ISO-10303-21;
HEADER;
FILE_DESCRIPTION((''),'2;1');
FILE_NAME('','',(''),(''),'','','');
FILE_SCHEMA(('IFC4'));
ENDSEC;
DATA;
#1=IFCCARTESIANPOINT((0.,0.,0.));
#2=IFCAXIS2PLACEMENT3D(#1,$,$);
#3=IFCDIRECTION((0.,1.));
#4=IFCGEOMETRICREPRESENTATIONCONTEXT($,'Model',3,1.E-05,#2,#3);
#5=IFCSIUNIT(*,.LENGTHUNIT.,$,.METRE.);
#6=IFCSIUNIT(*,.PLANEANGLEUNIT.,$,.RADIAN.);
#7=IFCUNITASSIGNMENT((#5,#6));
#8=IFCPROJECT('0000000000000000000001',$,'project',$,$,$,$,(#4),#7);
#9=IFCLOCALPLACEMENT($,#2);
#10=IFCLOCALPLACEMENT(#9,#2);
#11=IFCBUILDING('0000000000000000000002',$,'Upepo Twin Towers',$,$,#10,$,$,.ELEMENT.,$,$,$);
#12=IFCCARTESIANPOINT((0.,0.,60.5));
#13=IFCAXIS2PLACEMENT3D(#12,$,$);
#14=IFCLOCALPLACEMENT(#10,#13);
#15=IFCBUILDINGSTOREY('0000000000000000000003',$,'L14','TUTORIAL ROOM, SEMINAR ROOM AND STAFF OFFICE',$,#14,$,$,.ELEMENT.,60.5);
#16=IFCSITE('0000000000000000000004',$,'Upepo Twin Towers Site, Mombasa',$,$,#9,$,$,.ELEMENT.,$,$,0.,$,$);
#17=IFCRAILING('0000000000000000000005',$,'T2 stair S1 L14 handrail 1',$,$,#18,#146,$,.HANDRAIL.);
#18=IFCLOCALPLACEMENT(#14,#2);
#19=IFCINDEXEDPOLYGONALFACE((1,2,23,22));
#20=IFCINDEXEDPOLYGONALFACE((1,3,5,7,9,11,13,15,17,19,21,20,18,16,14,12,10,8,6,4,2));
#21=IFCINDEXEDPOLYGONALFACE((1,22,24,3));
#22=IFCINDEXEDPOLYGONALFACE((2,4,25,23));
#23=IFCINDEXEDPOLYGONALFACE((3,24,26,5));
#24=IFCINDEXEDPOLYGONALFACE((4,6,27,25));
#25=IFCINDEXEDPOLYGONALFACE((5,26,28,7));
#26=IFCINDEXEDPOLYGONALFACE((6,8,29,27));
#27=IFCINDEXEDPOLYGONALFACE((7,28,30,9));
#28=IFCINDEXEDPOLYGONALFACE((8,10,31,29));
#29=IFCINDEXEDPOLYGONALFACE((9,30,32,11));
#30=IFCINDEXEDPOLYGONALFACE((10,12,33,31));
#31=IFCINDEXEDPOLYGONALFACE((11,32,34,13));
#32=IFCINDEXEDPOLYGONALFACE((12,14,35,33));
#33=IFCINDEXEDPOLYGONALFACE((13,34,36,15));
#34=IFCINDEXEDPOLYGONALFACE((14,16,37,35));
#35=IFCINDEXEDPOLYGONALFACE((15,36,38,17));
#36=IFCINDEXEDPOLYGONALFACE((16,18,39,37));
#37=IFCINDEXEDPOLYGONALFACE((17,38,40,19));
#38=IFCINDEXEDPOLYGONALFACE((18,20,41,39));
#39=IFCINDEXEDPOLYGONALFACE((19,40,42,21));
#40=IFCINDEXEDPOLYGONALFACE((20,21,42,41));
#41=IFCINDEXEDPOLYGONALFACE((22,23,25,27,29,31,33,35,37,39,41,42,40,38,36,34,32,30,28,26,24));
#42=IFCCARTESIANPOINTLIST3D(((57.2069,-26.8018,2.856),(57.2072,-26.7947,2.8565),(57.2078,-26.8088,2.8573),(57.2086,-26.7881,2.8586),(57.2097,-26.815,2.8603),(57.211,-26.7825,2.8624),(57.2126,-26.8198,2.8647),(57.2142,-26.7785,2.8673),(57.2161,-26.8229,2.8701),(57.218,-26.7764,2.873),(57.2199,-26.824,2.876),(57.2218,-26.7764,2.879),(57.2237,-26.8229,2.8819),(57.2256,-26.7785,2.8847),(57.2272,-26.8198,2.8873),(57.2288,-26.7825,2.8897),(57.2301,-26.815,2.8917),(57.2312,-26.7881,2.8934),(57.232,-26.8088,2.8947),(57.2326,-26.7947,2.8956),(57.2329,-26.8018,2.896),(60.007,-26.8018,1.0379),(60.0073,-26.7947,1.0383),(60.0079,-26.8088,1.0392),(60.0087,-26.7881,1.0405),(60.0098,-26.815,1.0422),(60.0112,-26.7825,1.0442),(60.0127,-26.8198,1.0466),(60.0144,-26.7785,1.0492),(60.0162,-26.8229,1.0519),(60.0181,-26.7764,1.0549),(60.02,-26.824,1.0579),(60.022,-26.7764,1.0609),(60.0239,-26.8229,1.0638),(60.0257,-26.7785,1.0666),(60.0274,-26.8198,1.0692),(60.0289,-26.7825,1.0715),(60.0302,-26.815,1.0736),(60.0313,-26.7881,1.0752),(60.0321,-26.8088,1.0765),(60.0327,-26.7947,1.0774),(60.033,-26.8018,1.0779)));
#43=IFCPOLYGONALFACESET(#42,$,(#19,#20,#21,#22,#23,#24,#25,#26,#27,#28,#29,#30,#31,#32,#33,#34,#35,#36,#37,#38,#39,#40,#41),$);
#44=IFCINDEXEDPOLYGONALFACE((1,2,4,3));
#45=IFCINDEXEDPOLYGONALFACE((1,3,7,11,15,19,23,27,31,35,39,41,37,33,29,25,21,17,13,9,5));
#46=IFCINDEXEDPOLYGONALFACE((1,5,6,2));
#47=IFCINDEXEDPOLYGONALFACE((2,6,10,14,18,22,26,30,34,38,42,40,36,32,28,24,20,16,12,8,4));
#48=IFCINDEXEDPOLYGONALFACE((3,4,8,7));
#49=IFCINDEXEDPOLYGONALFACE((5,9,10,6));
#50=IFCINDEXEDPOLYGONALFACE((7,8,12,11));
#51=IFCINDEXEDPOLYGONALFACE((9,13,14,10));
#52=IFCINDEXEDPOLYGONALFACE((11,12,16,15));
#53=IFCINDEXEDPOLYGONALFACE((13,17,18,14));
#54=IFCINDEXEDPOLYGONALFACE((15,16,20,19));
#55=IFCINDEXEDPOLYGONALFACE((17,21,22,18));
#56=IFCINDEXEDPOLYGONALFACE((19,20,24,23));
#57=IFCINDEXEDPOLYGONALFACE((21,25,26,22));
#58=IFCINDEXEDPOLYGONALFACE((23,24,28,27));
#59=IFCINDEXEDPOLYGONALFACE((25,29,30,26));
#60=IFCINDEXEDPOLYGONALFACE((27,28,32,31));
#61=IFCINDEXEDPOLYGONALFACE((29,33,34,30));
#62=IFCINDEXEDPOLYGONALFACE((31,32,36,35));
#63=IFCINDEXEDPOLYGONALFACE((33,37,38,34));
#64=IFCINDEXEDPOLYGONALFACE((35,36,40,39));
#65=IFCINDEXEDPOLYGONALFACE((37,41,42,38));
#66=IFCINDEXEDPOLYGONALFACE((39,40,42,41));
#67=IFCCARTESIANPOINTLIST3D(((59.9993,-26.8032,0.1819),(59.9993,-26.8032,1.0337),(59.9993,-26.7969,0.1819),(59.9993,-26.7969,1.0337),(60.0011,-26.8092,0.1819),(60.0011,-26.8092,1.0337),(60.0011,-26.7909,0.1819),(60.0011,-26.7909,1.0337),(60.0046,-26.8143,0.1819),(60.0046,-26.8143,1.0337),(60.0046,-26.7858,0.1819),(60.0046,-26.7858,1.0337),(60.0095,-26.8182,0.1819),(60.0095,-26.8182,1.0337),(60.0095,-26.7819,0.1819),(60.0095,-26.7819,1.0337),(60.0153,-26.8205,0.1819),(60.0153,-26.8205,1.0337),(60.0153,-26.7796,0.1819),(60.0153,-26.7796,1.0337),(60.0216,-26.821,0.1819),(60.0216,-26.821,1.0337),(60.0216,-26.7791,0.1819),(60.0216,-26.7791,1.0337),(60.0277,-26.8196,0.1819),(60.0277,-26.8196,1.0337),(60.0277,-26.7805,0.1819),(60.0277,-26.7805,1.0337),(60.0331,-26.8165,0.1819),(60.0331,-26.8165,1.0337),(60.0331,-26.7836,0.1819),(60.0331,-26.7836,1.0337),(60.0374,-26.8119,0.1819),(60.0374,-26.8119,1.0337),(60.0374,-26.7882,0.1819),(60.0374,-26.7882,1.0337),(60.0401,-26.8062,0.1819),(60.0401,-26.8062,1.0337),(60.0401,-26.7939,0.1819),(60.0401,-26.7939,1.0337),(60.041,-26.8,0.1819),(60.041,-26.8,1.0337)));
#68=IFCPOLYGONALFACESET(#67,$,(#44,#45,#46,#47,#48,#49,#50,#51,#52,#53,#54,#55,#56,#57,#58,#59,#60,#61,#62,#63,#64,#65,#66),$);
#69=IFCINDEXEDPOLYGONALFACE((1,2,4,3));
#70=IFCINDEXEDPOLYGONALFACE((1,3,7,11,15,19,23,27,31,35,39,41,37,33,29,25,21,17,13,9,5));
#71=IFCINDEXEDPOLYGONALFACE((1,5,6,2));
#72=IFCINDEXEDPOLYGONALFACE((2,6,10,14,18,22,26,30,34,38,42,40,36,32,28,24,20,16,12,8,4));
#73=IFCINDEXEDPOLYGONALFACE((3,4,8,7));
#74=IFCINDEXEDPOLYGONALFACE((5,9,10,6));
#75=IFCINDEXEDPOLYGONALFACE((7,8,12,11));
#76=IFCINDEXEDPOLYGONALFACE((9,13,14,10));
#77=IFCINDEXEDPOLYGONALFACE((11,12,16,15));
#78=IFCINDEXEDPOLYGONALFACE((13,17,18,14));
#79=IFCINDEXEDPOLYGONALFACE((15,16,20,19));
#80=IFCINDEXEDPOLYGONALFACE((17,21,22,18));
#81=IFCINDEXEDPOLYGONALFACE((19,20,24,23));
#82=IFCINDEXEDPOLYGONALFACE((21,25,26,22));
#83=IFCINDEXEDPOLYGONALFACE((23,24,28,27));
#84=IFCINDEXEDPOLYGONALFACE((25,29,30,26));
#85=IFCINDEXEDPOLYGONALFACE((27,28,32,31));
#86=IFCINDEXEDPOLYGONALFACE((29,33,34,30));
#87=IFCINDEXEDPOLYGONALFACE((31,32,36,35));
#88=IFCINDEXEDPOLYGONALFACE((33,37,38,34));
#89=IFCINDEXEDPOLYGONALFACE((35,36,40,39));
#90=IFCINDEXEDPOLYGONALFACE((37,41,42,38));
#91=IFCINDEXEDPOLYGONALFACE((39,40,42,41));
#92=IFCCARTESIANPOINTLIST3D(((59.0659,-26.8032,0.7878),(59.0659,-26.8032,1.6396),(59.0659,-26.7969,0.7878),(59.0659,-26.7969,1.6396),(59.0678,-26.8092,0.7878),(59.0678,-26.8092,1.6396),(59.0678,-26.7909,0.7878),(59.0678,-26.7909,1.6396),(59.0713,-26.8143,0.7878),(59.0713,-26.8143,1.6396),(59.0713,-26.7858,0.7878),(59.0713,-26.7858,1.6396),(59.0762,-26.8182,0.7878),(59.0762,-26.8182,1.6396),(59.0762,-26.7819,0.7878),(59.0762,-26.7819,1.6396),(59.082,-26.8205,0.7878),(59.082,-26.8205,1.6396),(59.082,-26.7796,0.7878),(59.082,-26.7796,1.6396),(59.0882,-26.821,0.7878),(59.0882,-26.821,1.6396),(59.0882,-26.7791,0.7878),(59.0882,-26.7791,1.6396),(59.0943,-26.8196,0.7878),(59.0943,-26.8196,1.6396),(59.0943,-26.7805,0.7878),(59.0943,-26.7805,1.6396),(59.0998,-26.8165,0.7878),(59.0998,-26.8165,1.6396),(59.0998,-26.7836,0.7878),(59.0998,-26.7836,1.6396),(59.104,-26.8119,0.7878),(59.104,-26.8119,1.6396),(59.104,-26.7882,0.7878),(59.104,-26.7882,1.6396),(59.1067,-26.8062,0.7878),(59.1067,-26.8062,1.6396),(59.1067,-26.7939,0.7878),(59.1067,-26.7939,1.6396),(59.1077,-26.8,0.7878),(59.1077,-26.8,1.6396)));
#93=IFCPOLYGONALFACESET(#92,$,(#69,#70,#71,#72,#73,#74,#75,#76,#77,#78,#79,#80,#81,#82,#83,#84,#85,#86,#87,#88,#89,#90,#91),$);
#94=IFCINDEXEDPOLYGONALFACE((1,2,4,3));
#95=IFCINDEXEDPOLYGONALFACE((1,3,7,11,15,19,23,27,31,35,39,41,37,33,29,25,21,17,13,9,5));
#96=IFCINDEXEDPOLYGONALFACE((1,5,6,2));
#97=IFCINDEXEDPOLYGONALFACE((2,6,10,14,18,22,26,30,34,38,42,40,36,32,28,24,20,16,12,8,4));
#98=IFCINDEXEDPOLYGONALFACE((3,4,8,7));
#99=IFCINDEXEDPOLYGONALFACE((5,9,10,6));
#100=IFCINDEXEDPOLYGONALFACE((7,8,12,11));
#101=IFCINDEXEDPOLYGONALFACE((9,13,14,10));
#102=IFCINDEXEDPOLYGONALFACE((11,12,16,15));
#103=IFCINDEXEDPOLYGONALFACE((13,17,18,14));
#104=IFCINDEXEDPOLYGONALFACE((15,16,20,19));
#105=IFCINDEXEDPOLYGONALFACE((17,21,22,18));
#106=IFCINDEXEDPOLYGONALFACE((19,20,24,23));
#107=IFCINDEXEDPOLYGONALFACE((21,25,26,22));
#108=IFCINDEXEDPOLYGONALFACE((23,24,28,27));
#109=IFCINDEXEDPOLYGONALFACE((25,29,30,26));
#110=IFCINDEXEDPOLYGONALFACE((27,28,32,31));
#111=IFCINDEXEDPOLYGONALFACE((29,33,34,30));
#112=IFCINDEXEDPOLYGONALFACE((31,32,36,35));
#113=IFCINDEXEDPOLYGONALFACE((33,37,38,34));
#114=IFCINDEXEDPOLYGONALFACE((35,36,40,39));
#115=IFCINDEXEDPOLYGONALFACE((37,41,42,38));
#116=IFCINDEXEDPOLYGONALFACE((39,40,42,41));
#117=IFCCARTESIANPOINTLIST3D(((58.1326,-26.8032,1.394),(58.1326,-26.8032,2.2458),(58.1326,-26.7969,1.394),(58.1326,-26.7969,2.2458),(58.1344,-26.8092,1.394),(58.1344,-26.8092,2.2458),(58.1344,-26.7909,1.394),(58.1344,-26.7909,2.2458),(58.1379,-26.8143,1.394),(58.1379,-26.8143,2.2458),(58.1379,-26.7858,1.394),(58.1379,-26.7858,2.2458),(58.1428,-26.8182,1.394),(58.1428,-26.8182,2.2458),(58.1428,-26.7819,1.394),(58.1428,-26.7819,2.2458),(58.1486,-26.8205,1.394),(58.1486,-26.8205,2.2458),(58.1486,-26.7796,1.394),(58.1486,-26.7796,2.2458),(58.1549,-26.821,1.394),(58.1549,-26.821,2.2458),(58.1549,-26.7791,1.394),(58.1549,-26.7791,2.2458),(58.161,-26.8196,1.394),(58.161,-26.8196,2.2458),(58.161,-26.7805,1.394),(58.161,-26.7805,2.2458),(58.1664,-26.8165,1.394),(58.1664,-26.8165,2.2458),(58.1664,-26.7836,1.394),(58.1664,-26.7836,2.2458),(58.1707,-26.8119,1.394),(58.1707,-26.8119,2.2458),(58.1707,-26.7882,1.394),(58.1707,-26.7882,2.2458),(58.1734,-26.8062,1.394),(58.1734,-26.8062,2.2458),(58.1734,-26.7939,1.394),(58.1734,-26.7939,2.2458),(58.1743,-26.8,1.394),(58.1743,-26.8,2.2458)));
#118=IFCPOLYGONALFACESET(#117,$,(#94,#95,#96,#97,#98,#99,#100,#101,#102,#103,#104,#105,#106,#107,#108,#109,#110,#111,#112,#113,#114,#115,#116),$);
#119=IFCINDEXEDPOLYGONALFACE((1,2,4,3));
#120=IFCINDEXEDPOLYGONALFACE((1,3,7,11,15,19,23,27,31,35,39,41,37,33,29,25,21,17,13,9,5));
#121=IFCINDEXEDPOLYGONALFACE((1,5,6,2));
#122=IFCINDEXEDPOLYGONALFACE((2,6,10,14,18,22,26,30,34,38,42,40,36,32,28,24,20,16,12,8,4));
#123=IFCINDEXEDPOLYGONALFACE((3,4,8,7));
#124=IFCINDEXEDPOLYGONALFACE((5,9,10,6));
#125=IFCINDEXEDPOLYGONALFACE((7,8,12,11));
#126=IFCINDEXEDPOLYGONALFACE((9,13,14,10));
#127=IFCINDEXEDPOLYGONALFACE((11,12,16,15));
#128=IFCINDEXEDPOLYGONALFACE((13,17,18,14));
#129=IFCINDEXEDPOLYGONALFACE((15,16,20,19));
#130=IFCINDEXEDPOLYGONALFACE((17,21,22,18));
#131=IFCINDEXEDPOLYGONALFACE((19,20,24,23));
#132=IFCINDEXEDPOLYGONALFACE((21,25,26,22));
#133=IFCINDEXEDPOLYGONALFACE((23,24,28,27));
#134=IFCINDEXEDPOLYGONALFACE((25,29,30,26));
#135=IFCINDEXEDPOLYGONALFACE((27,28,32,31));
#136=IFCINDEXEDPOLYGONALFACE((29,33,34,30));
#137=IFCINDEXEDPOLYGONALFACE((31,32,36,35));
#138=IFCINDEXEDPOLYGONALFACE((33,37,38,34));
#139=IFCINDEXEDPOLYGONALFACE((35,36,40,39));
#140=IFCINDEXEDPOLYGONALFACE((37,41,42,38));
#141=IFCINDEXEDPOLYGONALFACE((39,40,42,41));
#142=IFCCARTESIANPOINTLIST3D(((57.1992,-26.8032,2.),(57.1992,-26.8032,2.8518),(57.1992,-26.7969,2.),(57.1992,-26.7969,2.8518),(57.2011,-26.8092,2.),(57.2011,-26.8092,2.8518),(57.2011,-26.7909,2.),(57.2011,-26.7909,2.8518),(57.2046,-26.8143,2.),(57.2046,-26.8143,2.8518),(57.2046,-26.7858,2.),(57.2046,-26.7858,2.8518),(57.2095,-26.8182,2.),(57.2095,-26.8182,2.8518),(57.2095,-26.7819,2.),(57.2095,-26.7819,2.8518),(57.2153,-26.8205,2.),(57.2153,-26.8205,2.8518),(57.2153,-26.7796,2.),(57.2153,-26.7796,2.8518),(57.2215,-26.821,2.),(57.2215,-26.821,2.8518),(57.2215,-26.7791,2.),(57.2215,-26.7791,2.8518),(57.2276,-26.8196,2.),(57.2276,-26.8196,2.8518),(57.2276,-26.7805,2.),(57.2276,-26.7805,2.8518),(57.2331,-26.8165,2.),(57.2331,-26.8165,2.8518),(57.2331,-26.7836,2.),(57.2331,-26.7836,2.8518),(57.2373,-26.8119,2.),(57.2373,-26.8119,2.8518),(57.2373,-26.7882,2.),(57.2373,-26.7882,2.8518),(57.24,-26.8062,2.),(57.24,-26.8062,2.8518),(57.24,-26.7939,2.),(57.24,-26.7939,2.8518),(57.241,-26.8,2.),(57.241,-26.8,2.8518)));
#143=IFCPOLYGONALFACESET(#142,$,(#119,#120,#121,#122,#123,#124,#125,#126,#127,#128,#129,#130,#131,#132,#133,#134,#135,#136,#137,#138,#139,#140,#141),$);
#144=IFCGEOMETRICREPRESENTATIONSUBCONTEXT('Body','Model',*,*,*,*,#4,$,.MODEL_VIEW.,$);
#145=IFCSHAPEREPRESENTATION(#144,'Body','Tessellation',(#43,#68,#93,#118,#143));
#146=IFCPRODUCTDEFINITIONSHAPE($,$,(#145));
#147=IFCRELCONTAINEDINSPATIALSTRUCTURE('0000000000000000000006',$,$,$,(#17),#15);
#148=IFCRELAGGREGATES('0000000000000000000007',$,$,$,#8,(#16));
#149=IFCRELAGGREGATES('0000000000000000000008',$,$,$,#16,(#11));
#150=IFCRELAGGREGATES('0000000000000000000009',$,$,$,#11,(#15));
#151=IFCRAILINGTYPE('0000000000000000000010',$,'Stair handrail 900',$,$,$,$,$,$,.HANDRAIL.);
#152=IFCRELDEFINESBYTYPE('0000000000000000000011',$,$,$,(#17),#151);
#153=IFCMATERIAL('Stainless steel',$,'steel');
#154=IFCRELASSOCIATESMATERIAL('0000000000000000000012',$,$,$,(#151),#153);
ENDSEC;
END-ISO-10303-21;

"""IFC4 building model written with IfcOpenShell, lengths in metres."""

from ifc_helpers import new_model, si_unit, direction, frame, origin, origin_2d, place, context, subcontext, project, spatial, circle, extrude, material, type_object, element, save


model = new_model("IFC4")

# Units and contexts
model_context = context("Model", 3, precision=1e-05, world=origin(), true_north=direction((0.0, 1.0)))
body_context = subcontext(model_context, "Body", "Model", "MODEL_VIEW")
ifc_project = project(units=[si_unit("LENGTHUNIT", "METRE"), si_unit("PLANEANGLEUNIT", "RADIAN")], contexts=[model_context])

# Site, building, storey
site_placement = place(None, origin())
site = spatial("IfcSite", under=ifc_project, at=site_placement, Name="Upepo Twin Towers Site, Mombasa", CompositionType="ELEMENT", RefElevation=0.0)
building_placement = place(site_placement, origin())
building = spatial("IfcBuilding", under=site, at=building_placement, Name="Upepo Twin Towers", CompositionType="ELEMENT")
storey_placement = place(building_placement, frame((0.0, 0.0, 60.5)))
storey = spatial("IfcBuildingStorey", under=building, at=storey_placement, Name="L14", Description="TUTORIAL ROOM, SEMINAR ROOM AND STAFF OFFICE", CompositionType="ELEMENT", Elevation=60.5)

# Railing
ifc_material_1 = material(Name="Stainless steel", Category="steel")
railing_type = type_object("IfcRailingType", Name="Stair handrail 900", PredefinedType="HANDRAIL", material=ifc_material_1)
railing_1_placement = place(storey_placement, frame((60.02, -26.8, 0.1819)))
element("IfcRailing", 1, at=railing_1_placement, inside=storey, type_object=railing_type, Name="T2 stair S1 L14 handrail 1", PredefinedType="HANDRAIL", context=body_context, shape_type="SweptSolid", body=[
    extrude(circle(Radius=0.0239, at=origin_2d()), frame((0.0, 0.0, 0.876), z_axis=(-0.838706, 0.0, 0.544585), x_axis=(0.0, -1.0, 0.0)), (0.0, 0.0, 1.0), 3.3386),
    extrude(circle(Radius=0.021, at=origin_2d()), origin(), (0.0, 0.0, 1.0), 0.8518),
    extrude(circle(Radius=0.021, at=origin_2d()), frame((-0.9333, 0.0, 0.606)), (0.0, 0.0, 1.0), 0.8518),
    extrude(circle(Radius=0.021, at=origin_2d()), frame((-1.8667, 0.0, 1.2122)), (0.0, 0.0, 1.0), 0.8518),
    extrude(circle(Radius=0.021, at=origin_2d()), frame((-2.8, 0.0, 1.8181)), (0.0, 0.0, 1.0), 0.8518),
])

save(model, "model.ifc")
